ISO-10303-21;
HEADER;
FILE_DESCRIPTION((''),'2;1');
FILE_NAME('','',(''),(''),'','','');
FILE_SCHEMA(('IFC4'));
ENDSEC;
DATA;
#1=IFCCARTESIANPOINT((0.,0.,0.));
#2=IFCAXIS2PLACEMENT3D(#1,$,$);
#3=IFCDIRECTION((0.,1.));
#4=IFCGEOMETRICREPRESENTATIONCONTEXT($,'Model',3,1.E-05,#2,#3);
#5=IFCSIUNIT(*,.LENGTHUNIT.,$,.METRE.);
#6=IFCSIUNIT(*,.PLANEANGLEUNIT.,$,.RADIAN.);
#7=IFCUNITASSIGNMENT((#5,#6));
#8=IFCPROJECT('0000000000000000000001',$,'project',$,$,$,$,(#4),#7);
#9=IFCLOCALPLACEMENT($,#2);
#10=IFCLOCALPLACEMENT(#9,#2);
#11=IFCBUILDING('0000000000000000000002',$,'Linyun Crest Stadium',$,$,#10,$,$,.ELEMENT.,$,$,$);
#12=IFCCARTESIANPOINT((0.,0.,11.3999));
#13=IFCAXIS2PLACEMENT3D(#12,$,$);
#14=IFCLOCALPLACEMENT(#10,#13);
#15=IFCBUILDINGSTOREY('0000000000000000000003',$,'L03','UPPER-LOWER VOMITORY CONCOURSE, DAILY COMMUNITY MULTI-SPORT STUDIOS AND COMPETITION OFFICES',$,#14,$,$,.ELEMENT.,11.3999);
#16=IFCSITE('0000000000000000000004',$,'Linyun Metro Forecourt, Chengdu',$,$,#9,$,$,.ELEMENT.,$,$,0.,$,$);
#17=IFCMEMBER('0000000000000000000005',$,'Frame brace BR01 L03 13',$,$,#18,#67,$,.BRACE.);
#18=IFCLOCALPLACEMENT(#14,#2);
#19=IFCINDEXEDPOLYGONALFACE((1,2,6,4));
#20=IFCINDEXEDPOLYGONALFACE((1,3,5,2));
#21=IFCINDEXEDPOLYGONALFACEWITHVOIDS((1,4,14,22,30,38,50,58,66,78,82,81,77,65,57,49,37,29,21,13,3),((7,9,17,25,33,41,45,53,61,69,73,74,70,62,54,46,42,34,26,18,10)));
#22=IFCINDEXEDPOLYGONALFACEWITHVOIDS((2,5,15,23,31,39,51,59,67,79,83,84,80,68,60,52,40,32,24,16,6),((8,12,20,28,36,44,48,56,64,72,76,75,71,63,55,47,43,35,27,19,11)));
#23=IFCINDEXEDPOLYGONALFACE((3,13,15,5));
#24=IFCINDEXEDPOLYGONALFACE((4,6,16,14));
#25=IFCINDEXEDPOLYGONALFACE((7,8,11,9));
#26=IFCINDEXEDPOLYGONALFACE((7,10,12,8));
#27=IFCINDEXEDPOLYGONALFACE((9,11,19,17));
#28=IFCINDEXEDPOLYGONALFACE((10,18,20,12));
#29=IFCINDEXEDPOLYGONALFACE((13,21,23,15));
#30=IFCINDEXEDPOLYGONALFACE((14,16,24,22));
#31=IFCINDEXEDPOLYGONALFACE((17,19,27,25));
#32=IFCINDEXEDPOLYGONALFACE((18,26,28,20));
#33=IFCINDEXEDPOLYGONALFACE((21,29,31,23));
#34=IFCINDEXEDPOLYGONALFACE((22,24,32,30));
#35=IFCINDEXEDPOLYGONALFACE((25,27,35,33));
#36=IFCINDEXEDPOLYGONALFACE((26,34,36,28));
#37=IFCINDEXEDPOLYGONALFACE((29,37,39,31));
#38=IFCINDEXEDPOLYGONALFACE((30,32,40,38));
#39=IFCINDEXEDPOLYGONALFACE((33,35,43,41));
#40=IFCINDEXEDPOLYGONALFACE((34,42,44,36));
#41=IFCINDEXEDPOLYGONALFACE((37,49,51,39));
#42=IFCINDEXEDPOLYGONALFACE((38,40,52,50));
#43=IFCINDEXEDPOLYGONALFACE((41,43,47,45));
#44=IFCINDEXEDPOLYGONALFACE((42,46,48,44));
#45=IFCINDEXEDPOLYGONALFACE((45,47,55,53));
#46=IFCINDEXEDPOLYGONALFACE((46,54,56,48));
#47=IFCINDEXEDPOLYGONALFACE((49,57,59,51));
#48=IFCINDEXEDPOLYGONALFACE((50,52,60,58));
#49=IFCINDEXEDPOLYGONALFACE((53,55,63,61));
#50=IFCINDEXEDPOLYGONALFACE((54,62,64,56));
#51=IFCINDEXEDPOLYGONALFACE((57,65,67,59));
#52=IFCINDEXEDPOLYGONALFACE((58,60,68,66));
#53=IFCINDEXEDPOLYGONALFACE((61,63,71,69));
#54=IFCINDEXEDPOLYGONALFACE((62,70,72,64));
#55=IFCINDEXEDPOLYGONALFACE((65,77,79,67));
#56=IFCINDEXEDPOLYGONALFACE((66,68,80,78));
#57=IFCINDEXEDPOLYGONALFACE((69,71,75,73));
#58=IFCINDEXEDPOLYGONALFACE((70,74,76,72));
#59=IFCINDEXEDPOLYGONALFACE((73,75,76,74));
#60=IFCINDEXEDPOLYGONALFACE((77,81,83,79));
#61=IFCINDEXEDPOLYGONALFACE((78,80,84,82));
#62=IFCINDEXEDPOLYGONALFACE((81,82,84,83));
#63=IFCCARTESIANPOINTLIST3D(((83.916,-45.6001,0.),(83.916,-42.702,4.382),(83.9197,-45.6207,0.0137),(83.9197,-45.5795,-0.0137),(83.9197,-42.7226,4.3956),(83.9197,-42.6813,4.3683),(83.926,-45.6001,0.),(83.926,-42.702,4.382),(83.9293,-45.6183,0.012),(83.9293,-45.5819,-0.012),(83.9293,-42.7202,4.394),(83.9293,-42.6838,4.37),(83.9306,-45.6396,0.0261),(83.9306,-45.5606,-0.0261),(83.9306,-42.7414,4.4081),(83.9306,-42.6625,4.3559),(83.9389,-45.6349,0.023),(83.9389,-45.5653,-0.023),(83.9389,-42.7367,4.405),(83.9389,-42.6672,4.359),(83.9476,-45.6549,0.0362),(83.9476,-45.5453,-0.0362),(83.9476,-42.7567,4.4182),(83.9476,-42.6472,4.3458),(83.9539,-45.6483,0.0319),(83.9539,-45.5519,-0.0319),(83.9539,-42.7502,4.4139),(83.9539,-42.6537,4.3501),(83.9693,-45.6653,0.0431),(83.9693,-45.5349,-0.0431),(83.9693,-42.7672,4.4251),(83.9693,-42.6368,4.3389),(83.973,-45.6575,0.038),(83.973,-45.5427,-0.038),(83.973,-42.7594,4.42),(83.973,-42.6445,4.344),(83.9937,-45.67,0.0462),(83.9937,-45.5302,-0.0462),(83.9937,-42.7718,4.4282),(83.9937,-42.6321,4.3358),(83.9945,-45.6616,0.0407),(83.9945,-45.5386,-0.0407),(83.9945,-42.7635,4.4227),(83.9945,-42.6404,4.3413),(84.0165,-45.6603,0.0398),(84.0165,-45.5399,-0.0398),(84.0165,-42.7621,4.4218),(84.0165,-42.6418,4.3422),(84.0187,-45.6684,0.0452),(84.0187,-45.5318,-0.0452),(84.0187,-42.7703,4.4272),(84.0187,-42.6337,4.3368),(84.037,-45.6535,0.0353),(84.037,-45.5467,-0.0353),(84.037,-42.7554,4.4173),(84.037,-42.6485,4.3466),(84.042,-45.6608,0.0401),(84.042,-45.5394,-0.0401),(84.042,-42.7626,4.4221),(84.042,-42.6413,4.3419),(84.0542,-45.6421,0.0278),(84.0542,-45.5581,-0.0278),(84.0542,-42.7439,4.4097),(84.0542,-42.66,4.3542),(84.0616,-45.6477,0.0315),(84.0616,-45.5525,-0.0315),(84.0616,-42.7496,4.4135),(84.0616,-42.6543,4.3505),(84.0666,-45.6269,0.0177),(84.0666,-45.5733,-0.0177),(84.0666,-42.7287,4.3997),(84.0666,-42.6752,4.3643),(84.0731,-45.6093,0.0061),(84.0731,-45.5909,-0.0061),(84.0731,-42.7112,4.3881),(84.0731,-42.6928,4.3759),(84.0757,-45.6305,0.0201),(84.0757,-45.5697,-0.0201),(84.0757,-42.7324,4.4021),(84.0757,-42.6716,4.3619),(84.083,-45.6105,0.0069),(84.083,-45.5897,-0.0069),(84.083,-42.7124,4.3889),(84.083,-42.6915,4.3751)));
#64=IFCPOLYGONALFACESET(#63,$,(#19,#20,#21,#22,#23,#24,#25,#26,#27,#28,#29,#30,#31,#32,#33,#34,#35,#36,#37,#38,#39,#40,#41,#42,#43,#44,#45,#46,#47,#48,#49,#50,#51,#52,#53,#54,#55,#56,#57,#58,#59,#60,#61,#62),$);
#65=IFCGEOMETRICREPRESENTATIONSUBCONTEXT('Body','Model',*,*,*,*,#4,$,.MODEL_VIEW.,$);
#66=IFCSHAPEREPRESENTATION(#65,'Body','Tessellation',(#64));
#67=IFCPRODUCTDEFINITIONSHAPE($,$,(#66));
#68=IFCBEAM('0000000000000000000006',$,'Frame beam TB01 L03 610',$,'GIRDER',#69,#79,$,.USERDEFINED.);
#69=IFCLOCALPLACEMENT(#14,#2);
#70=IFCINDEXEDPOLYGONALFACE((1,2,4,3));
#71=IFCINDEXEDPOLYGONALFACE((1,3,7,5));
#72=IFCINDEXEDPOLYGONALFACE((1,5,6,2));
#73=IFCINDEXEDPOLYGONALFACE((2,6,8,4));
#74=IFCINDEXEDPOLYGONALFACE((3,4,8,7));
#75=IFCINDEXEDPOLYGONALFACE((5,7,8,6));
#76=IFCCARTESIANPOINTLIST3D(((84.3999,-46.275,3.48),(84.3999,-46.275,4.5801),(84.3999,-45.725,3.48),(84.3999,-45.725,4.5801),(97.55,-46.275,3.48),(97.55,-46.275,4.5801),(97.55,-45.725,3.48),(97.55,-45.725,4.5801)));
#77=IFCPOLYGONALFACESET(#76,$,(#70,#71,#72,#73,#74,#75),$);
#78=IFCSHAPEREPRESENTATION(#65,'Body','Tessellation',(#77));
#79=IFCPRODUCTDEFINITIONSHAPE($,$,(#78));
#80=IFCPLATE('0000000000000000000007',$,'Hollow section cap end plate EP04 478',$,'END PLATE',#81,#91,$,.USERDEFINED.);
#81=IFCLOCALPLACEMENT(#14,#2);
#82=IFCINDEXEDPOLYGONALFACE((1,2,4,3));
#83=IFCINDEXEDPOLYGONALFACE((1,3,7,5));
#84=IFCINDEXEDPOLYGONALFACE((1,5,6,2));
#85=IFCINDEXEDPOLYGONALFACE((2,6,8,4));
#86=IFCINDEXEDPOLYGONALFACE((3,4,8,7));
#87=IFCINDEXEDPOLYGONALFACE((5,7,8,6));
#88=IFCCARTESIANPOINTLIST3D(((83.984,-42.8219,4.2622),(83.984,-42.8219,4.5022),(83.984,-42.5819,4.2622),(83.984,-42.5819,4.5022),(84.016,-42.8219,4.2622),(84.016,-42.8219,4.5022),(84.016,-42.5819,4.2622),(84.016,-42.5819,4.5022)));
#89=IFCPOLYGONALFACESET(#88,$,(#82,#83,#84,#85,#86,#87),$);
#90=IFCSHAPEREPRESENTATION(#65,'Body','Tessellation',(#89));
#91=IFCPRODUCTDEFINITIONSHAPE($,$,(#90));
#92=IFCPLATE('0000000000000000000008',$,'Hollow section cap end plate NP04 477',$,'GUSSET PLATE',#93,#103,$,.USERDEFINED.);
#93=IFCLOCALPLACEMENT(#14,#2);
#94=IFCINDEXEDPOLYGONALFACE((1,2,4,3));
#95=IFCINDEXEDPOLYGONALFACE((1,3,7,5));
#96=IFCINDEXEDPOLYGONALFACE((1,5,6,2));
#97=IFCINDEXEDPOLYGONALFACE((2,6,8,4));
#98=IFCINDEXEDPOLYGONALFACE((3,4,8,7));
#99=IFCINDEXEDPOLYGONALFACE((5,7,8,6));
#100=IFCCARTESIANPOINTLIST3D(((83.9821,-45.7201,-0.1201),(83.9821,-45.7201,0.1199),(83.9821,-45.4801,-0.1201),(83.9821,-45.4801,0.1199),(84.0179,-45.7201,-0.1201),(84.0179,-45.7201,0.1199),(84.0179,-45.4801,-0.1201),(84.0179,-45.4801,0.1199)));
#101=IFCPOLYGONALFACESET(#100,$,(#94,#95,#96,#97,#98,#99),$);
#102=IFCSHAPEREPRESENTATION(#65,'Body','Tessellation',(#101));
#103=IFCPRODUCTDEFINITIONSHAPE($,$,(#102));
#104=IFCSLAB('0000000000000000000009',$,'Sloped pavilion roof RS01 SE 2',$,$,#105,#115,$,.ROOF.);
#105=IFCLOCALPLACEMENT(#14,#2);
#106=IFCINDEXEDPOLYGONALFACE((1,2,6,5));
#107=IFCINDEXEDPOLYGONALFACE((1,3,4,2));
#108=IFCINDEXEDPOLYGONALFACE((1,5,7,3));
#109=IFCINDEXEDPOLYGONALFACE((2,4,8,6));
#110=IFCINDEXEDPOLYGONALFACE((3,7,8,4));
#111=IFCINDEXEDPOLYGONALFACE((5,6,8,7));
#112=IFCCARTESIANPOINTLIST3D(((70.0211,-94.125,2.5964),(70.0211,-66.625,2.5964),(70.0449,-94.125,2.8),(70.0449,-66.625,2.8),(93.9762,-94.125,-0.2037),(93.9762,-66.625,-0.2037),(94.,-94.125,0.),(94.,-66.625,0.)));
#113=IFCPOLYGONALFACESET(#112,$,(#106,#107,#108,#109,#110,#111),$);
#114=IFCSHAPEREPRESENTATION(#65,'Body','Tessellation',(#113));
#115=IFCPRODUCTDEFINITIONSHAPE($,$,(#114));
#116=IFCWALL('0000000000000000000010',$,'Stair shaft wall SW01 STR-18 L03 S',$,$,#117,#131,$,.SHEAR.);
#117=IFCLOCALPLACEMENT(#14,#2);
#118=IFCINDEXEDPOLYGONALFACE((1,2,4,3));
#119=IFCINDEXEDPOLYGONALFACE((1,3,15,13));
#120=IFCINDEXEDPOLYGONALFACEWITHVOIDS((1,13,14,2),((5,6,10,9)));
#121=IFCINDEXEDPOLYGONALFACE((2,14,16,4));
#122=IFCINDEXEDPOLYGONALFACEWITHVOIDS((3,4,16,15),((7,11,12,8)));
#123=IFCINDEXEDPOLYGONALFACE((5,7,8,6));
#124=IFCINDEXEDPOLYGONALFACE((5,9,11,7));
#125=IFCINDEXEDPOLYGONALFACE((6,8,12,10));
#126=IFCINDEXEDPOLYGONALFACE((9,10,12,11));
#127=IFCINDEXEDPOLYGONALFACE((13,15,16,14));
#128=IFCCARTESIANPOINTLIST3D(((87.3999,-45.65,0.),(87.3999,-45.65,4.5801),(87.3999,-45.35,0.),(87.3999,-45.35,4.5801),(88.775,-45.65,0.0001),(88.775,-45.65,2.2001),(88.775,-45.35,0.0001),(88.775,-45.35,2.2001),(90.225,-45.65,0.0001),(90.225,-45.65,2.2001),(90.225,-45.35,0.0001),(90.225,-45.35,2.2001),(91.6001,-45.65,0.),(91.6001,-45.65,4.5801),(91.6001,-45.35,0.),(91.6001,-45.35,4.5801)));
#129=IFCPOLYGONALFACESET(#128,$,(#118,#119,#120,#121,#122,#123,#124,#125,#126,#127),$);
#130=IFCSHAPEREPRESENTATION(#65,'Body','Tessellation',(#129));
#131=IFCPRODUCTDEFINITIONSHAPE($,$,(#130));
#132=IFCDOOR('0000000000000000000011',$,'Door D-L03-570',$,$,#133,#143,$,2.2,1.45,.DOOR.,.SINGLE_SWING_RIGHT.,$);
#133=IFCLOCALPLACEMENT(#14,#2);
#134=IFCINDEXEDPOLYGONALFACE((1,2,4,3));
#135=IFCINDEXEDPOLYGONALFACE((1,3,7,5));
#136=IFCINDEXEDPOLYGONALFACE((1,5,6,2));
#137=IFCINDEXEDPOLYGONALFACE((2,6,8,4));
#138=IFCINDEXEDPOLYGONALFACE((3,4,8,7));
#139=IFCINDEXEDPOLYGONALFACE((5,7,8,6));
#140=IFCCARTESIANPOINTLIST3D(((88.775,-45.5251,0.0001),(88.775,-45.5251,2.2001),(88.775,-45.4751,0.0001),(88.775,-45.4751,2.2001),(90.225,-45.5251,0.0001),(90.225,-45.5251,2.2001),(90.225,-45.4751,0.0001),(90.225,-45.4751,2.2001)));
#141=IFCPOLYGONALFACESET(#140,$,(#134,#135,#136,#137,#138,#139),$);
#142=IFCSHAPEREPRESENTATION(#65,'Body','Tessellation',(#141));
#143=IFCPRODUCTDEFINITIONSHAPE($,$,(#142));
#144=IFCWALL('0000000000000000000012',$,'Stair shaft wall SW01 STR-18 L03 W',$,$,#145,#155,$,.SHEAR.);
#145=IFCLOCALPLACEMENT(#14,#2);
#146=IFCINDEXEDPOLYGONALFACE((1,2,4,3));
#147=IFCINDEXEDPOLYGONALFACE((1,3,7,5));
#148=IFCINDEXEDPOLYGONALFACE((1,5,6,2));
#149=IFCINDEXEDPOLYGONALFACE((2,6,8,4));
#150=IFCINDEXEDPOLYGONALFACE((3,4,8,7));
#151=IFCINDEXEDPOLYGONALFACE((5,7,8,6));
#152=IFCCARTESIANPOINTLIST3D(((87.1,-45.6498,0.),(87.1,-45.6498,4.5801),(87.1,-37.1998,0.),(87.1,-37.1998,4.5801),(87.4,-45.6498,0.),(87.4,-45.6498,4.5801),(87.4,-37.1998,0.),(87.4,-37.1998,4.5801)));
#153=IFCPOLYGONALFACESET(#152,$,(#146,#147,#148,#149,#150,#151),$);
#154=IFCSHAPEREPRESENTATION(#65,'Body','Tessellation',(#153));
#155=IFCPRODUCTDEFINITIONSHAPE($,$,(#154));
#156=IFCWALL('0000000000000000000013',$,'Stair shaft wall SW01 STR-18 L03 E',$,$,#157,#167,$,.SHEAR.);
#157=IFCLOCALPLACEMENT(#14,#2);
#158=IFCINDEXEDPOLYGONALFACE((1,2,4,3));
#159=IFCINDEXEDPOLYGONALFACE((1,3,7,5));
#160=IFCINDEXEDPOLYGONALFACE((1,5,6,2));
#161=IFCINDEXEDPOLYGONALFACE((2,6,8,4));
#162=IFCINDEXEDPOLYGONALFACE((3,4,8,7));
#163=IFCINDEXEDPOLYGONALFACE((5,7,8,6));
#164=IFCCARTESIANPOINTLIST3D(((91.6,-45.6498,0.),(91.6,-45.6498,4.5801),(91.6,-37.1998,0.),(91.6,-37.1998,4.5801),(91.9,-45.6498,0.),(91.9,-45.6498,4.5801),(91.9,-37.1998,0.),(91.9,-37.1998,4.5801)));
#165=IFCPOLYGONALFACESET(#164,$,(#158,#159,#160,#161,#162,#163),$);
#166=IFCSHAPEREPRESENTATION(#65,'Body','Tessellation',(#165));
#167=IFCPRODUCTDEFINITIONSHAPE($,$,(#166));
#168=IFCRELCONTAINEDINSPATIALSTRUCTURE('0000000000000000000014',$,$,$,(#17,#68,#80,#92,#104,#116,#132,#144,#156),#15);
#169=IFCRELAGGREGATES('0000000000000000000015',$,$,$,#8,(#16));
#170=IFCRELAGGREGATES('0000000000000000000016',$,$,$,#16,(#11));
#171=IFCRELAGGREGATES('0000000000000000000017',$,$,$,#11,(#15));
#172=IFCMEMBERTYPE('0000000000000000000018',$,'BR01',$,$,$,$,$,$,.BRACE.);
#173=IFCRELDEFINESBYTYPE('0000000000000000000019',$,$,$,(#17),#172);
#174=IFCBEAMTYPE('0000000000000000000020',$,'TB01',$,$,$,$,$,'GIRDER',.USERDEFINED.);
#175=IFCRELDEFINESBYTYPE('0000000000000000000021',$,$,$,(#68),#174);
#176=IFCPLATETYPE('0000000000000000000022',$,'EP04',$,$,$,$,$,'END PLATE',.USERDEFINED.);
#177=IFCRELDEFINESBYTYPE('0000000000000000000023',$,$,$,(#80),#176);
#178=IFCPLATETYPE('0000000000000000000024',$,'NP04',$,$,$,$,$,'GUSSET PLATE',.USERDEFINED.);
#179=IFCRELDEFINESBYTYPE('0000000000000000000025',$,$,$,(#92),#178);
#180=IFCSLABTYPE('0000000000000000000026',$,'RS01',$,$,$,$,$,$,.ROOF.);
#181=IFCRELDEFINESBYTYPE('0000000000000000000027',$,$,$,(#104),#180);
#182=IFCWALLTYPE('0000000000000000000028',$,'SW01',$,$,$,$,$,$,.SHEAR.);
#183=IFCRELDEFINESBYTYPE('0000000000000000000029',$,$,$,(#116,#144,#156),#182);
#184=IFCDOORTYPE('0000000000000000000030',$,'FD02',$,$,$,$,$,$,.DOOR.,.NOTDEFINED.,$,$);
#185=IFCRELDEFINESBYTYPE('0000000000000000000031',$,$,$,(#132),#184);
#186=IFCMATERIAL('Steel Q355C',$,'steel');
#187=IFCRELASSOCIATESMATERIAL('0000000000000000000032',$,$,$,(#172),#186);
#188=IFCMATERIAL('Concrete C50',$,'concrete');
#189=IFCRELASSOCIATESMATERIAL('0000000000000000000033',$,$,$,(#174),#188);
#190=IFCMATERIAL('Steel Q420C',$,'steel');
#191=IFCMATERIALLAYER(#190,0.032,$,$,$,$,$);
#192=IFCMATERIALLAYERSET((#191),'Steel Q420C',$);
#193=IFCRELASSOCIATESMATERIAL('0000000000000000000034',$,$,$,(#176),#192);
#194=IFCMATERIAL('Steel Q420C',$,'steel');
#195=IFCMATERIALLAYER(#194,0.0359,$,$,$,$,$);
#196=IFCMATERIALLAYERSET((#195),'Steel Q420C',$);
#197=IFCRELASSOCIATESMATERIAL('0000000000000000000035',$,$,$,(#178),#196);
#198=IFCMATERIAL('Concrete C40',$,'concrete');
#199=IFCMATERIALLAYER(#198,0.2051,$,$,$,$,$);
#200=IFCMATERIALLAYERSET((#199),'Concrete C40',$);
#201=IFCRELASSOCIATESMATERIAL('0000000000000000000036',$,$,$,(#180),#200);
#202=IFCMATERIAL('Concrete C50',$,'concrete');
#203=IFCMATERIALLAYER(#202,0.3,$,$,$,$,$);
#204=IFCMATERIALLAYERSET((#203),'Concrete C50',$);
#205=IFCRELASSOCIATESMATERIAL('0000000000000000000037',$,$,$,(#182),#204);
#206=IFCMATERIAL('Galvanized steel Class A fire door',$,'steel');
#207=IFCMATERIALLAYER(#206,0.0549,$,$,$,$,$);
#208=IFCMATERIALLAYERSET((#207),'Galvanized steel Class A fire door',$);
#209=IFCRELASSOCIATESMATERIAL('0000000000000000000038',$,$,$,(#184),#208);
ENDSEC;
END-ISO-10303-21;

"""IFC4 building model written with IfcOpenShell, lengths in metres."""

from ifc_helpers import new_model, si_unit, direction, frame, frame_2d, origin, origin_2d, place, context, subcontext, project, spatial, polyline, rectangle, hollow_circle, outline, extrude, material, layer, layer_set, material_profile, profile_set, type_object, element, fill, save


model = new_model("IFC4")

# Units and contexts
model_context = context("Model", 3, precision=1e-05, world=origin(), true_north=direction((0.0, 1.0)))
body_context = subcontext(model_context, "Body", "Model", "MODEL_VIEW")
ifc_project = project(units=[si_unit("LENGTHUNIT", "METRE"), si_unit("PLANEANGLEUNIT", "RADIAN")], contexts=[model_context])

# Site, building, storey
site_placement = place(None, origin())
site = spatial("IfcSite", under=ifc_project, at=site_placement, Name="Linyun Metro Forecourt, Chengdu", CompositionType="ELEMENT", RefElevation=0.0)
building_placement = place(site_placement, origin())
building = spatial("IfcBuilding", under=site, at=building_placement, Name="Linyun Crest Stadium", CompositionType="ELEMENT")
storey_placement = place(building_placement, frame((0.0, 0.0, 11.3999)))
storey = spatial("IfcBuildingStorey", under=building, at=storey_placement, Name="L03", Description="UPPER-LOWER VOMITORY CONCOURSE, DAILY COMMUNITY MULTI-SPORT STUDIOS AND COMPETITION OFFICES", CompositionType="ELEMENT", Elevation=11.3999)

# Member
ifc_material_1 = material(Name="Steel Q355C", Category="steel")
ifc_material_profile_1 = material_profile(ifc_material_1, hollow_circle(Radius=0.084, WallThickness=0.01, at=origin_2d()), Name="CHS 168x10")
ifc_profile_set_1 = profile_set([ifc_material_profile_1], Name="Steel Q355C")
member_type = type_object("IfcMemberType", Name="BR01", PredefinedType="BRACE", material=ifc_profile_set_1)
member_placement = place(storey_placement, frame((84.0, -45.6001, 0.0), z_axis=(0.0, 0.55164, 0.834082), x_axis=(-1.0, 0.0, 0.0)))
element("IfcMember", 1, at=member_placement, inside=storey, type_object=member_type, Name="Frame brace BR01 L03 13", PredefinedType="BRACE", context=body_context, shape_type="SweptSolid", body=[
    extrude(hollow_circle(Radius=0.084, WallThickness=0.01, at=origin_2d()), origin(), (0.0, 0.0, 1.0), 5.2537),
])

# Beam
ifc_material_2 = material(Name="Concrete C50", Category="concrete")
ifc_material_profile_2 = material_profile(ifc_material_2, rectangle(XDim=0.55, YDim=1.1001, at=origin_2d()), Name="RCB 1100x550")
ifc_profile_set_2 = profile_set([ifc_material_profile_2], Name="Concrete C50")
beam_type_1 = type_object("IfcBeamType", Name="TB01", ElementType="GIRDER", PredefinedType="USERDEFINED", material=ifc_profile_set_2)
beam_1_placement = place(storey_placement, frame((84.3999, -46.0, 4.03), z_axis=(1.0, 0.0, 0.0), x_axis=(0.0, 1.0, 0.0)))
element("IfcBeam", 2, at=beam_1_placement, inside=storey, type_object=beam_type_1, Name="Frame beam TB01 L03 610", ObjectType="GIRDER", PredefinedType="USERDEFINED", context=body_context, shape_type="SweptSolid", body=[
    extrude(rectangle(XDim=0.55, YDim=1.1001, at=origin_2d()), origin(), (0.0, 0.0, 1.0), 13.1501),
])

# Plates
ifc_material_3 = material(Name="Steel Q420C", Category="steel")
ifc_layer_1 = layer(ifc_material_3, 0.032)
ifc_layer_set_1 = layer_set([ifc_layer_1], Name="Steel Q420C")
plate_type_1 = type_object("IfcPlateType", Name="EP04", ElementType="END PLATE", PredefinedType="USERDEFINED", material=ifc_layer_set_1)
plate_1_placement = place(storey_placement, frame((84.0, -42.7019, 4.2622), z_axis=(0.0, 0.0, 1.0), x_axis=(0.0, 1.0, 0.0)))
element("IfcPlate", 3, at=plate_1_placement, inside=storey, type_object=plate_type_1, Name="Hollow section cap end plate EP04 478", ObjectType="END PLATE", PredefinedType="USERDEFINED", context=body_context, shape_type="SweptSolid", body=[
    extrude(rectangle(XDim=0.24, YDim=0.032, at=origin_2d()), origin(), (0.0, 0.0, 1.0), 0.24),
])
ifc_material_4 = material(Name="Steel Q420C", Category="steel")
ifc_layer_2 = layer(ifc_material_4, 0.0359)
ifc_layer_set_2 = layer_set([ifc_layer_2], Name="Steel Q420C")
plate_type_2 = type_object("IfcPlateType", Name="NP04", ElementType="GUSSET PLATE", PredefinedType="USERDEFINED", material=ifc_layer_set_2)
plate_2_placement = place(storey_placement, frame((84.0, -45.6001, -0.1201), z_axis=(0.0, 0.0, 1.0), x_axis=(0.0, 1.0, 0.0)))
element("IfcPlate", 4, at=plate_2_placement, inside=storey, type_object=plate_type_2, Name="Hollow section cap end plate NP04 477", ObjectType="GUSSET PLATE", PredefinedType="USERDEFINED", context=body_context, shape_type="SweptSolid", body=[
    extrude(rectangle(XDim=0.24, YDim=0.0359, at=origin_2d()), origin(), (0.0, 0.0, 1.0), 0.24),
])

# Slab
ifc_material_5 = material(Name="Concrete C40", Category="concrete")
ifc_layer_3 = layer(ifc_material_5, 0.2051)
ifc_layer_set_3 = layer_set([ifc_layer_3], Name="Concrete C40")
slab_type = type_object("IfcSlabType", Name="RS01", PredefinedType="ROOF", material=ifc_layer_set_3)
slab_placement = place(storey_placement, frame((70.0449, -94.125, 2.8), z_axis=(0.116097, 0.0, 0.993238), x_axis=(0.993238, 0.0, -0.116097)))
element("IfcSlab", 5, at=slab_placement, inside=storey, type_object=slab_type, Name="Sloped pavilion roof RS01 SE 2", PredefinedType="ROOF", context=body_context, shape_type="SweptSolid", body=[
    extrude(outline(polyline([(0.0, 0.0), (24.1182, 0.0), (24.1182, 27.5), (0.0, 27.5), (0.0, 0.0)])), origin(), (0.0, 0.0, -1.0), 0.2051),
])

# Wall, opening, door
ifc_material_6 = material(Name="Concrete C50", Category="concrete")
ifc_layer_4 = layer(ifc_material_6, 0.3)
ifc_layer_set_4 = layer_set([ifc_layer_4], Name="Concrete C50")
wall_type = type_object("IfcWallType", Name="SW01", PredefinedType="SHEAR", material=ifc_layer_set_4)
wall_placement = place(storey_placement, frame((87.3999, -45.5, 0.0), z_axis=(0.0, 0.0, 1.0), x_axis=(1.0, 0.0, 0.0)))
wall = element("IfcWall", 6, at=wall_placement, inside=storey, type_object=wall_type, Name="Stair shaft wall SW01 STR-18 L03 S", PredefinedType="SHEAR", context=body_context, shape_type="SweptSolid", body=[
    extrude(rectangle(XDim=4.2002, YDim=0.3, at=frame_2d((2.1001, 0.0))), origin(), (0.0, 0.0, 1.0), 4.5801),
])
opening_placement = place(wall_placement, frame((1.375, 0.0, 0.0)))
opening = element("IfcOpeningElement", 7, at=opening_placement, cuts=wall, PredefinedType="OPENING", context=body_context, shape_type="SweptSolid", body=[
    extrude(rectangle(XDim=1.45, YDim=2.2, at=frame_2d((0.7251, 1.1001))), frame((0.0, 0.1599, 0.0), z_axis=(0.0, -1.0, 0.0), x_axis=(1.0, 0.0, 0.0)), (0.0, 0.0, 1.0), 0.3201),
])
ifc_material_7 = material(Name="Galvanized steel Class A fire door", Category="steel")
ifc_layer_5 = layer(ifc_material_7, 0.0549)
ifc_layer_set_5 = layer_set([ifc_layer_5], Name="Galvanized steel Class A fire door")
door_type = type_object("IfcDoorType", Name="FD02", OperationType="NOTDEFINED", PredefinedType="DOOR", material=ifc_layer_set_5)
door_placement = place(opening_placement, origin())
door = element("IfcDoor", 8, at=door_placement, inside=storey, type_object=door_type, Name="Door D-L03-570", OperationType="SINGLE_SWING_RIGHT", OverallHeight=2.2, OverallWidth=1.45, PredefinedType="DOOR", context=body_context, shape_type="SweptSolid", body=[
    extrude(rectangle(XDim=1.45, YDim=2.2, at=frame_2d((0.7251, 1.1001))), frame((0.0, 0.0249, 0.0), z_axis=(0.0, -1.0, 0.0), x_axis=(1.0, 0.0, 0.0)), (0.0, 0.0, 1.0), 0.05),
])
fill(opening, door)

# Walls
for number, where, z_axis, x_axis, name in (
    (9, (87.25, -45.6499, 0.0), (0.0, 0.0, 1.0), (0.0, 1.0, 0.0), "Stair shaft wall SW01 STR-18 L03 W"),
    (10, (91.75, -45.6499, 0.0), (0.0, 0.0, 1.0), (0.0, 1.0, 0.0), "Stair shaft wall SW01 STR-18 L03 E"),
):
    element("IfcWall", number, at=place(storey_placement, frame(where, z_axis=z_axis, x_axis=x_axis)), inside=storey, type_object=wall_type, Name=name, PredefinedType="SHEAR", context=body_context, shape_type="SweptSolid", body=[
        extrude(rectangle(XDim=8.45, YDim=0.3, at=frame_2d((4.2251, 0.0))), origin(), (0.0, 0.0, 1.0), 4.5801),
    ])

save(model, "model.ifc")
